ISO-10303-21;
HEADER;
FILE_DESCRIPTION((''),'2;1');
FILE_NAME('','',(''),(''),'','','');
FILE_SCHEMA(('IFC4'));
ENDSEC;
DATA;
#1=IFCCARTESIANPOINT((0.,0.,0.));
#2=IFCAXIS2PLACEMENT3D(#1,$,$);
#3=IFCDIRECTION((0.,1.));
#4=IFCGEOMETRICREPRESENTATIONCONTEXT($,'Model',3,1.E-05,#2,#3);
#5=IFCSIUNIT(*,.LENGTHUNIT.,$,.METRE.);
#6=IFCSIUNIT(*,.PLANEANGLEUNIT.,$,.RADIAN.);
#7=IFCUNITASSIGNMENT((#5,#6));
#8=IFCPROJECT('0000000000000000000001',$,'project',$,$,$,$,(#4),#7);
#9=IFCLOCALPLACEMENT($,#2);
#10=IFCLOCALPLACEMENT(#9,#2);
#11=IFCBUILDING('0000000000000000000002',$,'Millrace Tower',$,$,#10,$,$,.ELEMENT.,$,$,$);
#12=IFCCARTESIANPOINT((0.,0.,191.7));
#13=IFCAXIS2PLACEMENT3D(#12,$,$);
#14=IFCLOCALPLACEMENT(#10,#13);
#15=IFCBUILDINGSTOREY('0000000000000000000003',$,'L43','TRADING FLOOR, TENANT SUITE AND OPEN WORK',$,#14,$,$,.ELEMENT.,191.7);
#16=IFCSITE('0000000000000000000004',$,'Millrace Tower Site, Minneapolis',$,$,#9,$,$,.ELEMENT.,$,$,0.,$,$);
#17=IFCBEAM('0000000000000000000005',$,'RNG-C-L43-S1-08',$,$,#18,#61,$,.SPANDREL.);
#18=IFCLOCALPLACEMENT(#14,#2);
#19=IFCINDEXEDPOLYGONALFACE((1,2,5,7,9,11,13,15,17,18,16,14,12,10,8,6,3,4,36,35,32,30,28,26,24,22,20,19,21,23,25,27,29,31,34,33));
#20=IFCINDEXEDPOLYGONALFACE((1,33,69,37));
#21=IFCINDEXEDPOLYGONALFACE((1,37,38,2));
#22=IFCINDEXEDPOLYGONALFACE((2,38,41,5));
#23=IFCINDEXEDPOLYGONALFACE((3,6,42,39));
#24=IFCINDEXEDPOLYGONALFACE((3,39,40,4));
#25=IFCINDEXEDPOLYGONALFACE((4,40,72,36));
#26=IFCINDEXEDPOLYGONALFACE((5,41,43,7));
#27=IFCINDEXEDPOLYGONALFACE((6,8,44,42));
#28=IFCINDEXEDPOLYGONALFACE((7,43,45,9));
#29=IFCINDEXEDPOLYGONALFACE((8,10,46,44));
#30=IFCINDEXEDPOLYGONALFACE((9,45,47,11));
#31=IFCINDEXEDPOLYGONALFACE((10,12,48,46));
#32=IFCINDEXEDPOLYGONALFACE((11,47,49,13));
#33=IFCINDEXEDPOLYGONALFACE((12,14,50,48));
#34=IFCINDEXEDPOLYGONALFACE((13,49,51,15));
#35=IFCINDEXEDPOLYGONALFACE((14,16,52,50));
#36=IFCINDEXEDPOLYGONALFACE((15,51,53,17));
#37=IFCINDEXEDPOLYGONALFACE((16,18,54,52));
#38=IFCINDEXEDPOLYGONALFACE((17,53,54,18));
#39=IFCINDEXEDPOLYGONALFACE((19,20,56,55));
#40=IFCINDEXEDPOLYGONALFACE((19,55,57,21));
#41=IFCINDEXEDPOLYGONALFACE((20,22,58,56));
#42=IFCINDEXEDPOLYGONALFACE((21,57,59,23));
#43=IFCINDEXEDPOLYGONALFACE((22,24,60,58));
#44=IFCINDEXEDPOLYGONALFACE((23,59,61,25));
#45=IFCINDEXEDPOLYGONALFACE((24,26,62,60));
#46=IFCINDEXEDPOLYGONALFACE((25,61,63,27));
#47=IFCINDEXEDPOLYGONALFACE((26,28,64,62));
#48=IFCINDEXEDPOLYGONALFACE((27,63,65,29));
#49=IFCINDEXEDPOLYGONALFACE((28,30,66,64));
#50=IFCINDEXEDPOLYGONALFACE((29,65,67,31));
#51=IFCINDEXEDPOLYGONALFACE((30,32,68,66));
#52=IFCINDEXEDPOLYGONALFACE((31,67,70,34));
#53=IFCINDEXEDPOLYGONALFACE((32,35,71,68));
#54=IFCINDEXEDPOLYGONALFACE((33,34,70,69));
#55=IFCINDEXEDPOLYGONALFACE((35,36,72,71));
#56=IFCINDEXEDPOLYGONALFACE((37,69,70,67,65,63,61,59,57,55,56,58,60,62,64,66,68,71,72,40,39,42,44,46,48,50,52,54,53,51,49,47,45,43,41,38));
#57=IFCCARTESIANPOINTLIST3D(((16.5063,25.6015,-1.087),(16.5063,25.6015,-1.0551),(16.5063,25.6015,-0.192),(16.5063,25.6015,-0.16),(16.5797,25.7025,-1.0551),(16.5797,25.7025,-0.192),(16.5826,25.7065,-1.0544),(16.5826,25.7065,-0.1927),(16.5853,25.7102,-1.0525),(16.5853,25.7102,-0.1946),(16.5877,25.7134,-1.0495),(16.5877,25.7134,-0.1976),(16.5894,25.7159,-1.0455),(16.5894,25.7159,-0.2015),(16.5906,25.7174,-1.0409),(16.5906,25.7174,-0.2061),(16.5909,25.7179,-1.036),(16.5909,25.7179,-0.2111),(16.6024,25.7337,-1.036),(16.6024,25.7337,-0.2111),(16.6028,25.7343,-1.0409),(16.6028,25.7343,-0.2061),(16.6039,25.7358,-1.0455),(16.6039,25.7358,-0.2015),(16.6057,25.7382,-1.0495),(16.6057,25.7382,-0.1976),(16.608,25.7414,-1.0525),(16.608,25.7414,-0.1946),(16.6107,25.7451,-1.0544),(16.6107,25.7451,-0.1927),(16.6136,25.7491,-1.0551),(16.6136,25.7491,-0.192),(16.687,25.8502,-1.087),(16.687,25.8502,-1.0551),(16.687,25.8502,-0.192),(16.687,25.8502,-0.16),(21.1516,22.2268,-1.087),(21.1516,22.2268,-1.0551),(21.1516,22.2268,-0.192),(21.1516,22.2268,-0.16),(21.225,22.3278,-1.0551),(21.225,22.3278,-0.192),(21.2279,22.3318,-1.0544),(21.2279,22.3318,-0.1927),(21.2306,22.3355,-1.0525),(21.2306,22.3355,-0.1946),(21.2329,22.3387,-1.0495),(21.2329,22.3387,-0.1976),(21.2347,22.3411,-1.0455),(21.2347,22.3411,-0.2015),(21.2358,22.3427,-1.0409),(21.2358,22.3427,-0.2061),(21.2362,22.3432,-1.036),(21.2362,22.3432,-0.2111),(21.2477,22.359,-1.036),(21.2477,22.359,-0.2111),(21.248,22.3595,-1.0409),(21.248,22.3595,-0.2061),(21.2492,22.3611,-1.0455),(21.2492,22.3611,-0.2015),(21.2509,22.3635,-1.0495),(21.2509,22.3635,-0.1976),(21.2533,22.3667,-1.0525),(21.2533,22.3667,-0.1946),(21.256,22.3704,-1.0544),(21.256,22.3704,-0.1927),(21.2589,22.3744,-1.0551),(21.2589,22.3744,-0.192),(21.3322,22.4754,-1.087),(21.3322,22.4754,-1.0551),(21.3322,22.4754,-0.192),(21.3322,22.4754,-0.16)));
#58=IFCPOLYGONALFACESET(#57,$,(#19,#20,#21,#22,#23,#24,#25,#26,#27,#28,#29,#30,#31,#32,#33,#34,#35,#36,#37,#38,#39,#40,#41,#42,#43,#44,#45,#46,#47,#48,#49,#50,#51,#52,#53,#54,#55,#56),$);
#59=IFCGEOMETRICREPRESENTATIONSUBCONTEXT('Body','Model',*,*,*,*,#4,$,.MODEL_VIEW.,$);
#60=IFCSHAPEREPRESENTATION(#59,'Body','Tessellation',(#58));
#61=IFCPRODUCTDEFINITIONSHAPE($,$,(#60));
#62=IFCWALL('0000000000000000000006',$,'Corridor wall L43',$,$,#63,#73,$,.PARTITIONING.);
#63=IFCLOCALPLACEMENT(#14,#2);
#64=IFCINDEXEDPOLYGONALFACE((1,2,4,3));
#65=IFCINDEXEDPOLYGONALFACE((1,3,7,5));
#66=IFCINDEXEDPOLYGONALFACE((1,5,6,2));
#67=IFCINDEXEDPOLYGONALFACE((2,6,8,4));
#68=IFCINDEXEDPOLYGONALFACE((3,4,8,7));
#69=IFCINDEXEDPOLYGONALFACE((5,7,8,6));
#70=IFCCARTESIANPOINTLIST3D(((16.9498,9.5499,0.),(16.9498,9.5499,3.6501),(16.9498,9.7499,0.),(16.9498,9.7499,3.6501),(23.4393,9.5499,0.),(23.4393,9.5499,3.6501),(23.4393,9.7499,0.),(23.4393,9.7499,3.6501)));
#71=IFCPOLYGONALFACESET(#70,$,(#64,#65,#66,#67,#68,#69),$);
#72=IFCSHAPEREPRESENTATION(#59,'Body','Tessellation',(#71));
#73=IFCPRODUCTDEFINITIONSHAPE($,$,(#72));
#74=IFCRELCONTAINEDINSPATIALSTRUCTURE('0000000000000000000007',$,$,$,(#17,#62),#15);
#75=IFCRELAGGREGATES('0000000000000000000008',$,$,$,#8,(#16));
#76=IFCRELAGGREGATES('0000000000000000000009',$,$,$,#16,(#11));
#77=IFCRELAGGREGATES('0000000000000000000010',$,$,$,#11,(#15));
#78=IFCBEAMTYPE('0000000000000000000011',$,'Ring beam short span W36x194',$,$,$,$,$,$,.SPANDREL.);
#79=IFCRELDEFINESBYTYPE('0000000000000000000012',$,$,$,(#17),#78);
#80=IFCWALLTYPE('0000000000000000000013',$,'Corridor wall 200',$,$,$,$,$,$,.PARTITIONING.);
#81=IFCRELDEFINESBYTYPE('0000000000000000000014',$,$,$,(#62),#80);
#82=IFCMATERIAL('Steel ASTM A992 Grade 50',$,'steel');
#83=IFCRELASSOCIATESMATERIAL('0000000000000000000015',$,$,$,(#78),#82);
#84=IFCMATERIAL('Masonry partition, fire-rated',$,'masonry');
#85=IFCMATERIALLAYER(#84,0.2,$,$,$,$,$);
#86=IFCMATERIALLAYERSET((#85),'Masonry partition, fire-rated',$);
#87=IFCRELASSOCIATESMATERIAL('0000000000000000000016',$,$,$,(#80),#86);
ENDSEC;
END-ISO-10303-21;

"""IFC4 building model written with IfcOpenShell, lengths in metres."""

from ifc_helpers import new_model, si_unit, direction, frame, frame_2d, origin, origin_2d, place, context, subcontext, project, spatial, rectangle, i_section, extrude, material, layer, layer_set, material_profile, profile_set, type_object, element, save


model = new_model("IFC4")

# Units and contexts
model_context = context("Model", 3, precision=1e-05, world=origin(), true_north=direction((0.0, 1.0)))
body_context = subcontext(model_context, "Body", "Model", "MODEL_VIEW")
ifc_project = project(units=[si_unit("LENGTHUNIT", "METRE"), si_unit("PLANEANGLEUNIT", "RADIAN")], contexts=[model_context])

# Site, building, storey
site_placement = place(None, origin())
site = spatial("IfcSite", under=ifc_project, at=site_placement, Name="Millrace Tower Site, Minneapolis", CompositionType="ELEMENT", RefElevation=0.0)
building_placement = place(site_placement, origin())
building = spatial("IfcBuilding", under=site, at=building_placement, Name="Millrace Tower", CompositionType="ELEMENT")
storey_placement = place(building_placement, frame((0.0, 0.0, 191.7)))
storey = spatial("IfcBuildingStorey", under=building, at=storey_placement, Name="L43", Description="TRADING FLOOR, TENANT SUITE AND OPEN WORK", CompositionType="ELEMENT", Elevation=191.7)

# Beam
ifc_material_1 = material(Name="Steel ASTM A992 Grade 50", Category="steel")
ifc_material_profile_1 = material_profile(ifc_material_1, i_section(OverallWidth=0.3074, OverallDepth=0.927, WebThickness=0.0195, FlangeThickness=0.032, FilletRadius=0.019, at=origin_2d()))
ifc_profile_set_1 = profile_set([ifc_material_profile_1], Name="Steel ASTM A992 Grade 50")
beam_type_1 = type_object("IfcBeamType", Name="Ring beam short span W36x194", PredefinedType="SPANDREL", material=ifc_profile_set_1)
beam_1_placement = place(storey_placement, frame((16.5967, 25.7258, -0.6235), z_axis=(0.809036, -0.58776, 0.0), x_axis=(0.58776, 0.809036, 0.0)))
element("IfcBeam", 1, at=beam_1_placement, inside=storey, type_object=beam_type_1, Name="RNG-C-L43-S1-08", PredefinedType="SPANDREL", context=body_context, shape_type="SweptSolid", body=[
    extrude(i_section(OverallWidth=0.3074, OverallDepth=0.927, WebThickness=0.0195, FlangeThickness=0.032, FilletRadius=0.019, at=origin_2d()), origin(), (0.0, 0.0, 1.0), 5.7417),
])

# Wall
ifc_material_2 = material(Name="Masonry partition, fire-rated", Category="masonry")
ifc_layer_1 = layer(ifc_material_2, 0.2)
ifc_layer_set_1 = layer_set([ifc_layer_1], Name="Masonry partition, fire-rated")
wall_type = type_object("IfcWallType", Name="Corridor wall 200", PredefinedType="PARTITIONING", material=ifc_layer_set_1)
wall_placement = place(storey_placement, frame((16.95, 9.6499, 0.0), z_axis=(0.0, 0.0, 1.0), x_axis=(1.0, 0.0, 0.0)))
element("IfcWall", 2, at=wall_placement, inside=storey, type_object=wall_type, Name="Corridor wall L43", PredefinedType="PARTITIONING", context=body_context, shape_type="SweptSolid", body=[
    extrude(rectangle(XDim=6.4895, YDim=0.2, at=frame_2d((3.2446, 0.0))), origin(), (0.0, 0.0, 1.0), 3.6501),
])

save(model, "model.ifc")
